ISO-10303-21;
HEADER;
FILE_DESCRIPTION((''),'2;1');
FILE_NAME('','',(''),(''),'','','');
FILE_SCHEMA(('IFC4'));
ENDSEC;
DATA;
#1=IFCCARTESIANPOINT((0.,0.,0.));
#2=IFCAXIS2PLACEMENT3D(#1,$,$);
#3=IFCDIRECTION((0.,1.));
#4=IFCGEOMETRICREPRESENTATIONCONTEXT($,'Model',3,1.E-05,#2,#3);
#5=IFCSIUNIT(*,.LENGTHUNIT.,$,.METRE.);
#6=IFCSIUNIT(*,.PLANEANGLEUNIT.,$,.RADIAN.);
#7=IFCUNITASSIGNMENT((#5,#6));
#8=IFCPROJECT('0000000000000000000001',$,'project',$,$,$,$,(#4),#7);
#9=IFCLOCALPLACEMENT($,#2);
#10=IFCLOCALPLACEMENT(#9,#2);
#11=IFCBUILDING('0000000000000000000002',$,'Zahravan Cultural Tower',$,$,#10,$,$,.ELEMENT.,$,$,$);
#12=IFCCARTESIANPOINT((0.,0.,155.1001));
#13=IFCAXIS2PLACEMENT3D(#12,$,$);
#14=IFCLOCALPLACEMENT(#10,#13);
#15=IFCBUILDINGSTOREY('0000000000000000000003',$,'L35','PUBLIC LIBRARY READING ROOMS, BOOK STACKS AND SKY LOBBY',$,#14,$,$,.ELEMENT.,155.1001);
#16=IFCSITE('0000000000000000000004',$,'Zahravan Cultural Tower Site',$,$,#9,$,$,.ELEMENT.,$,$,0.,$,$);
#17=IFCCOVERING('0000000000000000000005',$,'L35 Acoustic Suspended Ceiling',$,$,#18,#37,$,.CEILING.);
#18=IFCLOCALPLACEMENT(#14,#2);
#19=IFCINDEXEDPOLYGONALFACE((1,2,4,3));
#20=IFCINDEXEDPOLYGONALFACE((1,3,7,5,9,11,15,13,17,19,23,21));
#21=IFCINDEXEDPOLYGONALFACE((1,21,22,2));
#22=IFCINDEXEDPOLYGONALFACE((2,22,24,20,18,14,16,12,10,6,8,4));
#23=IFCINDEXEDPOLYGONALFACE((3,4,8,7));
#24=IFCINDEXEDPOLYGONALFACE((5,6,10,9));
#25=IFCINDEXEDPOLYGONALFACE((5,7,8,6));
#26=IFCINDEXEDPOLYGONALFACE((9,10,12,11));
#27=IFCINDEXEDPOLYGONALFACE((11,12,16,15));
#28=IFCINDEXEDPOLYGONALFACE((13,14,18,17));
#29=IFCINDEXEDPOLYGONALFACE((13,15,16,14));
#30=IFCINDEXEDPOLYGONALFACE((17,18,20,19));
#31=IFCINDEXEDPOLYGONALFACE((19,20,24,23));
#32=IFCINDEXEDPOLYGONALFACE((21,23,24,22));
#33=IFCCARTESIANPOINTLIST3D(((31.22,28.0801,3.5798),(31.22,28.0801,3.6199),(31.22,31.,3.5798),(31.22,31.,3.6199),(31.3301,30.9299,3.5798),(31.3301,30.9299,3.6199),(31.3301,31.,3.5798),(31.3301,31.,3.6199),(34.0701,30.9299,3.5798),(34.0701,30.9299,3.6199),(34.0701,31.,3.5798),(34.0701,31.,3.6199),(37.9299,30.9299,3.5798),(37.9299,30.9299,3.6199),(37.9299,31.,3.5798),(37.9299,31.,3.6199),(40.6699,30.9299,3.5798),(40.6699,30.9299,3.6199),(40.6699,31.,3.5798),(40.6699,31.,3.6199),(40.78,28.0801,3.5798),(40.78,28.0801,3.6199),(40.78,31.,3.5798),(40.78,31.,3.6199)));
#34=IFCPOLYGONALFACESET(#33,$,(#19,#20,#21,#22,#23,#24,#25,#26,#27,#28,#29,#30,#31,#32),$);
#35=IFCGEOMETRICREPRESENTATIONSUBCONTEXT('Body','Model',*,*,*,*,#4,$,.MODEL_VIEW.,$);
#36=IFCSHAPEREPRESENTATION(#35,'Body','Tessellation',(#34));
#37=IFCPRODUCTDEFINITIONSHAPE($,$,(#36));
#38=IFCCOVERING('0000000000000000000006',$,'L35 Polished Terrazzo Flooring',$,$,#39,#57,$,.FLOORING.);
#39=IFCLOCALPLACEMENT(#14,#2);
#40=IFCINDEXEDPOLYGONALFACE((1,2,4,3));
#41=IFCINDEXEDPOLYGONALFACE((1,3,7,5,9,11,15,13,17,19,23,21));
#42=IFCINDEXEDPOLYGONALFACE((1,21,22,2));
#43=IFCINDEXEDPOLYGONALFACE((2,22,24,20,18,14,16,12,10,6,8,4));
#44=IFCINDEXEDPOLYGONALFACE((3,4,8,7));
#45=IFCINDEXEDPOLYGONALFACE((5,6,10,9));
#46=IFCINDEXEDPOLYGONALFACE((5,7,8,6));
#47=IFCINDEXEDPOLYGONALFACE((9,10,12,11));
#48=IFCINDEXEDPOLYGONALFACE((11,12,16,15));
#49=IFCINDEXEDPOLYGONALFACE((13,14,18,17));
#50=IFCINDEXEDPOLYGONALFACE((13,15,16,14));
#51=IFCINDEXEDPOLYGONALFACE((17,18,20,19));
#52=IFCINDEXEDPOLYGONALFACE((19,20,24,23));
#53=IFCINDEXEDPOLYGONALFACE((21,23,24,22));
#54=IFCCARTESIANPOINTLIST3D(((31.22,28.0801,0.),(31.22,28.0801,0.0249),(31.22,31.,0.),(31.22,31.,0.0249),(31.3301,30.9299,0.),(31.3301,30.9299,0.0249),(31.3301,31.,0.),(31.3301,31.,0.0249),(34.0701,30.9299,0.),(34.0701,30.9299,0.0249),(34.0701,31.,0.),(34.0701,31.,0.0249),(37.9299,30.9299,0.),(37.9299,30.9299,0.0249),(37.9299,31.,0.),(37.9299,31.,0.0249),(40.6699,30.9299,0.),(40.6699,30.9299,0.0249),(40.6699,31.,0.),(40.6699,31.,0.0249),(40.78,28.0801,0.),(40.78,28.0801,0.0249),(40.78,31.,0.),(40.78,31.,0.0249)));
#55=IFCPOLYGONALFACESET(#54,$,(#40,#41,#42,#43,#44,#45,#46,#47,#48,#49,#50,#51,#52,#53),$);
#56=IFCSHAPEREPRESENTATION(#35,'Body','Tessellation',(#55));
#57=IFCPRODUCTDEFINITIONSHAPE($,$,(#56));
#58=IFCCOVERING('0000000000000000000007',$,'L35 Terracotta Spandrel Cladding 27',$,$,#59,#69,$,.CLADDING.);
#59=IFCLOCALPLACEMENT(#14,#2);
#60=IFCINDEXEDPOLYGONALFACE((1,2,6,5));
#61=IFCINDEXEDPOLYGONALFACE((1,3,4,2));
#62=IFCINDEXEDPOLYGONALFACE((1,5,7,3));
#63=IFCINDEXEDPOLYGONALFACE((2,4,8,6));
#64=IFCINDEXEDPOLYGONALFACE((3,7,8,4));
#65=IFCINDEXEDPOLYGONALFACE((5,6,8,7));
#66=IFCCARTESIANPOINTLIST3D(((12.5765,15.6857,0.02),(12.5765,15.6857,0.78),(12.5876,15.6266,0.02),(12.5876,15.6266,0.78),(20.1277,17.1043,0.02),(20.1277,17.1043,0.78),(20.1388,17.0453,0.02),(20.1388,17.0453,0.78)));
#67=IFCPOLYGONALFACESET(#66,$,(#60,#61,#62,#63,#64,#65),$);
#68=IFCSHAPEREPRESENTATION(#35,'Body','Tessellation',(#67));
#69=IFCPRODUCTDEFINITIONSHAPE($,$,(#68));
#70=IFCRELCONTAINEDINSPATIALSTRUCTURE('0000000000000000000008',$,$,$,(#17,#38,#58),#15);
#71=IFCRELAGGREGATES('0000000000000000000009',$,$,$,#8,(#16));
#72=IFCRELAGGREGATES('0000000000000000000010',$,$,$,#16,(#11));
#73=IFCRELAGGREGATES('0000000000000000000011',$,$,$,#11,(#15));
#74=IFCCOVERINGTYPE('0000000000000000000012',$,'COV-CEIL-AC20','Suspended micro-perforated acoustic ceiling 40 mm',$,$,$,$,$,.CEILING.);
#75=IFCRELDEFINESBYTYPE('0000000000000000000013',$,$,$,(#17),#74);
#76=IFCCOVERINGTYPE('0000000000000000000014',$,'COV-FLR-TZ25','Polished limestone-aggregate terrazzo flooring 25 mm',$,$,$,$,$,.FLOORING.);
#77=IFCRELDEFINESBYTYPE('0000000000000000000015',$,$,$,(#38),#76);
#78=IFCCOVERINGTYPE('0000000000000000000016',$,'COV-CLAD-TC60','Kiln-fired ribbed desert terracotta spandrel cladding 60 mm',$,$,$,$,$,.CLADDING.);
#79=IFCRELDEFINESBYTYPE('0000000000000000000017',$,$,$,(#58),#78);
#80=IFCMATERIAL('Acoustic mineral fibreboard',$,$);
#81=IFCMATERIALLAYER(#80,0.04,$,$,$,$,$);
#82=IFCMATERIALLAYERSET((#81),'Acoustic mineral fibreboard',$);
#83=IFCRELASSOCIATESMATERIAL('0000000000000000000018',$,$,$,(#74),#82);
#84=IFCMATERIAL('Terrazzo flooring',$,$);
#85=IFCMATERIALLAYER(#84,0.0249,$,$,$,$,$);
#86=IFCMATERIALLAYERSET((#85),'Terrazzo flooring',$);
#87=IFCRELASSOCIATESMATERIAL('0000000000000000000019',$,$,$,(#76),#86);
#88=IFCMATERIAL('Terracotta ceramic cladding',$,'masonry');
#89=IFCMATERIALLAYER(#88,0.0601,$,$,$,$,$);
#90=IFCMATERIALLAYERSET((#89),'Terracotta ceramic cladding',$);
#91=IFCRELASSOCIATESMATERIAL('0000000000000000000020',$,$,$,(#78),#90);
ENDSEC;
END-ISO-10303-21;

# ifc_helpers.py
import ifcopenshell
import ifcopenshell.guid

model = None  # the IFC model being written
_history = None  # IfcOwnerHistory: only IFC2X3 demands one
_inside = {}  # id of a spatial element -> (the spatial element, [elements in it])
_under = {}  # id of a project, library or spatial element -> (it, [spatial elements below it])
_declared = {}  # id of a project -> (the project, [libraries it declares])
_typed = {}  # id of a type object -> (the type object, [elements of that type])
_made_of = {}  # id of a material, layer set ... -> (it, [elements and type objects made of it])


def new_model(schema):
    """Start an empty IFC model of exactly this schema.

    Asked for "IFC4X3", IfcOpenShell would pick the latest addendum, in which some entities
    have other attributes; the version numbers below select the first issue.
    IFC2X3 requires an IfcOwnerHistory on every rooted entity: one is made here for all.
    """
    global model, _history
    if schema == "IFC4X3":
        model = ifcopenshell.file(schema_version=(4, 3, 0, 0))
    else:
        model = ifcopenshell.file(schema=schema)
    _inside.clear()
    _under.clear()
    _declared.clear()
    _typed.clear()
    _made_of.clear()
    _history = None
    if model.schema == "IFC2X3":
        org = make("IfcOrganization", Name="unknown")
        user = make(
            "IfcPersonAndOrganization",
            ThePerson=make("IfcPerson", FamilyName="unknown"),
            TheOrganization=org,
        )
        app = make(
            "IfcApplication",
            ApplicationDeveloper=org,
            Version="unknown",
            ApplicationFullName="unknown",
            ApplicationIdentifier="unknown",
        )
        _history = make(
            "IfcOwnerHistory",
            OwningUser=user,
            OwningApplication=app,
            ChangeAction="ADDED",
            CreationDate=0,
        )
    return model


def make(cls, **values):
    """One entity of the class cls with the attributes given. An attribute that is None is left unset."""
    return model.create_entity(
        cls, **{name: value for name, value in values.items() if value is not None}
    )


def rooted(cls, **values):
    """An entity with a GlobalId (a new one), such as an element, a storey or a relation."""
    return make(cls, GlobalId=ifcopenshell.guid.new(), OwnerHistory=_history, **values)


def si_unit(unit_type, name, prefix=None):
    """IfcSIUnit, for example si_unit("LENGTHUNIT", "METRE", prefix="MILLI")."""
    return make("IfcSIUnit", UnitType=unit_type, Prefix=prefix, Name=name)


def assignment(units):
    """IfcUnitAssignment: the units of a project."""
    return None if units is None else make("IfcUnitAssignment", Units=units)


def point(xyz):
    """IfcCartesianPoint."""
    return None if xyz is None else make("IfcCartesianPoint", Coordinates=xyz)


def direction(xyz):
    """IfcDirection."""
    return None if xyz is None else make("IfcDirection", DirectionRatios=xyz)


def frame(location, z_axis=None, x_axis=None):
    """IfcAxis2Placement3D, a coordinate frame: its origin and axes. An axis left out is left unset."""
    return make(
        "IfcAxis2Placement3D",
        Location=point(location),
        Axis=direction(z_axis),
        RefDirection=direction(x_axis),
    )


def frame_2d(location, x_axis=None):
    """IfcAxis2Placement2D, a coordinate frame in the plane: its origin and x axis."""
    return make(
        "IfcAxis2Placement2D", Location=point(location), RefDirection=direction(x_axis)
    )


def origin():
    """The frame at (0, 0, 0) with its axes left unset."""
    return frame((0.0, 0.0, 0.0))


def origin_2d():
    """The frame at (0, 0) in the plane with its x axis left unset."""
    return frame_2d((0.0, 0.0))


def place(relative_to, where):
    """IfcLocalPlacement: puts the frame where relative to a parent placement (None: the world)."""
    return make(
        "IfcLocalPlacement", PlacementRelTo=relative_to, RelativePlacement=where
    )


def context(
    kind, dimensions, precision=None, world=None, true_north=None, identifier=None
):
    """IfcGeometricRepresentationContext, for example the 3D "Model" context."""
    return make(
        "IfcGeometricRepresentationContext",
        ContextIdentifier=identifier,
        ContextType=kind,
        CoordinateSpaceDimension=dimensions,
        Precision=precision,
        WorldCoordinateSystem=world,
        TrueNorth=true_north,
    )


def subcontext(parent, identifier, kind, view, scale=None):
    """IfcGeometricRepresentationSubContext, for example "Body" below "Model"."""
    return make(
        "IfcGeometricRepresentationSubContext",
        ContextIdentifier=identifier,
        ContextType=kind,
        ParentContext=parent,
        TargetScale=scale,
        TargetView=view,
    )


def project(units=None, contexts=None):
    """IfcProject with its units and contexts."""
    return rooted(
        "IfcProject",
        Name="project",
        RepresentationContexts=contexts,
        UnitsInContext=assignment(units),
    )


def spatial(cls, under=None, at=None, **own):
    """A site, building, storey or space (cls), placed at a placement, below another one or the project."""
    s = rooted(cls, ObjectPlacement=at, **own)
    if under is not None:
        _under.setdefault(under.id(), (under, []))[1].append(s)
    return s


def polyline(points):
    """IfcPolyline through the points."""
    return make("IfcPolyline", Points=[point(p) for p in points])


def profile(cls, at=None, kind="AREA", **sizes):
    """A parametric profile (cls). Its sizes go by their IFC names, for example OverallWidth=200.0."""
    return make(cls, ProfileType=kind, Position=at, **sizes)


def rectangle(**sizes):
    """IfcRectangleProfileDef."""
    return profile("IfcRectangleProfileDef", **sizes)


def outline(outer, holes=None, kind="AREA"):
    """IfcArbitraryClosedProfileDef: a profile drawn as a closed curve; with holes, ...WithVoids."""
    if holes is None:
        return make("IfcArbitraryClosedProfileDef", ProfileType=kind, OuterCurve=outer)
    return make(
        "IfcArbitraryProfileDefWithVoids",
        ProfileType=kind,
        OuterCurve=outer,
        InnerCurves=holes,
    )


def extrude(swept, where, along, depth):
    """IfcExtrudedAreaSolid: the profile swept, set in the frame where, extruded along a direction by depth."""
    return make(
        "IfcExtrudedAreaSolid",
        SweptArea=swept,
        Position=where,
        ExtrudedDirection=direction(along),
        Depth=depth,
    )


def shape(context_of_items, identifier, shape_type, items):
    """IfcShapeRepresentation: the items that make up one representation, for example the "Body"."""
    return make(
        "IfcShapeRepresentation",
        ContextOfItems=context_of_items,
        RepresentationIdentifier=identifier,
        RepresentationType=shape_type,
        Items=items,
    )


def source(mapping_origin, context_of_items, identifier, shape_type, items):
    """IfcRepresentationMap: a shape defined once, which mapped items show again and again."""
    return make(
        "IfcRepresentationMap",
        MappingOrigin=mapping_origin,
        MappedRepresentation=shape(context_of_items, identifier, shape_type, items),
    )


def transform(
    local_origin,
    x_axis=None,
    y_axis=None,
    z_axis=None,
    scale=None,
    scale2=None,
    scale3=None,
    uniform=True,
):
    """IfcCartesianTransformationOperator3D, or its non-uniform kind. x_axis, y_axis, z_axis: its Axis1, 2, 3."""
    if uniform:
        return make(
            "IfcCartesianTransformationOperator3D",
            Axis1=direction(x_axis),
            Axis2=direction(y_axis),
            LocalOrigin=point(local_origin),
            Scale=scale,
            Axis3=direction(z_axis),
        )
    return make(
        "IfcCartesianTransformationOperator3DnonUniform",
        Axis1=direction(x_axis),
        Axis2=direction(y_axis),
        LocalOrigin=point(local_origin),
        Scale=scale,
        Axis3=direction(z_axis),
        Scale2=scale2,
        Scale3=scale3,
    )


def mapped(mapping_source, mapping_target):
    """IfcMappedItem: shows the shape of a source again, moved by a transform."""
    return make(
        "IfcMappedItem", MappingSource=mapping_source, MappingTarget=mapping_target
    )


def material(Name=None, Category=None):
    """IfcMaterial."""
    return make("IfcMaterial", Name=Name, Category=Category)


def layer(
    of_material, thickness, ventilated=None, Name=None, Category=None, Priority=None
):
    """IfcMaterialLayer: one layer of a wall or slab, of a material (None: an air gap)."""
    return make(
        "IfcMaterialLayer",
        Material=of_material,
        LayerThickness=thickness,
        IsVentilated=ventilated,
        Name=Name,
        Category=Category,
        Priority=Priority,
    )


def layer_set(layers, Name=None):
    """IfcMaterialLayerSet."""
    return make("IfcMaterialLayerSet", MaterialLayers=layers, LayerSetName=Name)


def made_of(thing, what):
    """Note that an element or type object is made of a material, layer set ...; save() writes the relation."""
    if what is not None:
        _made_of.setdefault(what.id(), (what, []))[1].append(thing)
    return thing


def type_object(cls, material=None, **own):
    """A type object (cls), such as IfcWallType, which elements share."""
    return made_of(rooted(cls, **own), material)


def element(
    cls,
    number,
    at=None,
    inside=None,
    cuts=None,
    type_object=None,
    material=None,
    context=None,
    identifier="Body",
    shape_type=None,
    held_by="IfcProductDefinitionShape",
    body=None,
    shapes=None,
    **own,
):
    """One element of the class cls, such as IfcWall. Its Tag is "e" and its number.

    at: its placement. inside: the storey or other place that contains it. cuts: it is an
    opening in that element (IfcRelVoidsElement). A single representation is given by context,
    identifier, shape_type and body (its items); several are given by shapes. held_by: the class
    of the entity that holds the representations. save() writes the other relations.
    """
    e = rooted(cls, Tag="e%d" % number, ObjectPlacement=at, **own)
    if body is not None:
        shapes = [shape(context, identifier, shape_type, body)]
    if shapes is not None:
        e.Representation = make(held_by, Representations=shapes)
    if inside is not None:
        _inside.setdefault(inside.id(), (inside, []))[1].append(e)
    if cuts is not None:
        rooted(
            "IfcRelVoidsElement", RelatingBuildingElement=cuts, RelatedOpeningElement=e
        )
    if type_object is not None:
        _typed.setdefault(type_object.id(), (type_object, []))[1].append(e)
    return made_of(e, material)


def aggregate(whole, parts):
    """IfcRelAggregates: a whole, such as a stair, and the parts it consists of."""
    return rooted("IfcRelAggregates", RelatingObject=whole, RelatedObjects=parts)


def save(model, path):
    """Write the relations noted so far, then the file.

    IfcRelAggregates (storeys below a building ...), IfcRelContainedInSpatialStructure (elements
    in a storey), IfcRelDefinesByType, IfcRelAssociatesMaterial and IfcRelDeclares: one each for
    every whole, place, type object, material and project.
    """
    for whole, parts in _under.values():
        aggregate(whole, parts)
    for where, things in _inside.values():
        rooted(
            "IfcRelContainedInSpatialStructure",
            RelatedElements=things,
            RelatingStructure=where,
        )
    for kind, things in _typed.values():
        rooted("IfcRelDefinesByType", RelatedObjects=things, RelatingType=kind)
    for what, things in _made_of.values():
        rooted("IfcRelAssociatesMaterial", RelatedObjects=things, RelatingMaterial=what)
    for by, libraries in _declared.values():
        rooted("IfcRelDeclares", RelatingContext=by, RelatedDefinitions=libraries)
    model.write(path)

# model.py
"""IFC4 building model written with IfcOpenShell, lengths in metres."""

from ifc_helpers import new_model, si_unit, direction, frame, origin, origin_2d, place, context, subcontext, project, spatial, polyline, rectangle, outline, extrude, source, transform, mapped, material, layer, layer_set, type_object, element, save


model = new_model("IFC4")

# Units and contexts
model_context = context("Model", 3, precision=1e-05, world=origin(), true_north=direction((0.0, 1.0)))
body_context = subcontext(model_context, "Body", "Model", "MODEL_VIEW")
ifc_project = project(units=[si_unit("LENGTHUNIT", "METRE"), si_unit("PLANEANGLEUNIT", "RADIAN")], contexts=[model_context])

# Site, building, storey
site_placement = place(None, origin())
site = spatial("IfcSite", under=ifc_project, at=site_placement, Name="Zahravan Cultural Tower Site", CompositionType="ELEMENT", RefElevation=0.0)
building_placement = place(site_placement, origin())
building = spatial("IfcBuilding", under=site, at=building_placement, Name="Zahravan Cultural Tower", CompositionType="ELEMENT")
storey_placement = place(building_placement, frame((0.0, 0.0, 155.1001)))
storey = spatial("IfcBuildingStorey", under=building, at=storey_placement, Name="L35", Description="PUBLIC LIBRARY READING ROOMS, BOOK STACKS AND SKY LOBBY", CompositionType="ELEMENT", Elevation=155.1001)

# Coverings
ifc_material_1 = material(Name="Acoustic mineral fibreboard")
ifc_layer_1 = layer(ifc_material_1, 0.04)
ifc_layer_set_1 = layer_set([ifc_layer_1], Name="Acoustic mineral fibreboard")
covering_type_1 = type_object("IfcCoveringType", Name="COV-CEIL-AC20", Description="Suspended micro-perforated acoustic ceiling 40 mm", PredefinedType="CEILING", material=ifc_layer_set_1)
covering_1_placement = place(storey_placement, frame((0.0, 0.0, 3.5798)))
element("IfcCovering", 1, at=covering_1_placement, inside=storey, type_object=covering_type_1, Name="L35 Acoustic Suspended Ceiling", PredefinedType="CEILING", context=body_context, shape_type="SweptSolid", body=[
    extrude(outline(polyline([(31.22, 31.0), (31.22, 28.0801), (40.78, 28.0801), (40.78, 31.0), (40.6699, 31.0), (40.6699, 30.9299), (37.9299, 30.9299), (37.9299, 31.0), (34.0701, 31.0), (34.0701, 30.9299), (31.3301, 30.9299), (31.3301, 31.0), (31.22, 31.0)])), origin(), (0.0, 0.0, 1.0), 0.04),
])
ifc_material_2 = material(Name="Terrazzo flooring")
ifc_layer_2 = layer(ifc_material_2, 0.0249)
ifc_layer_set_2 = layer_set([ifc_layer_2], Name="Terrazzo flooring")
covering_type_2 = type_object("IfcCoveringType", Name="COV-FLR-TZ25", Description="Polished limestone-aggregate terrazzo flooring 25 mm", PredefinedType="FLOORING", material=ifc_layer_set_2)
covering_2_placement = place(storey_placement, origin())
element("IfcCovering", 2, at=covering_2_placement, inside=storey, type_object=covering_type_2, Name="L35 Polished Terrazzo Flooring", PredefinedType="FLOORING", context=body_context, shape_type="SweptSolid", body=[
    extrude(outline(polyline([(31.22, 31.0), (31.22, 28.0801), (40.78, 28.0801), (40.78, 31.0), (40.6699, 31.0), (40.6699, 30.9299), (37.9299, 30.9299), (37.9299, 31.0), (34.0701, 31.0), (34.0701, 30.9299), (31.3301, 30.9299), (31.3301, 31.0), (31.22, 31.0)])), origin(), (0.0, 0.0, 1.0), 0.0249),
])
ifc_material_3 = material(Name="Terracotta ceramic cladding", Category="masonry")
ifc_layer_3 = layer(ifc_material_3, 0.0601)
ifc_layer_set_3 = layer_set([ifc_layer_3], Name="Terracotta ceramic cladding")
covering_type_3 = type_object("IfcCoveringType", Name="COV-CLAD-TC60", Description="Kiln-fired ribbed desert terracotta spandrel cladding 60 mm", PredefinedType="CLADDING", material=ifc_layer_set_3)
shared_shape_1 = source(origin(), body_context, "Body", "SweptSolid", [
    extrude(rectangle(XDim=7.6833, YDim=0.0601, at=origin_2d()), origin(), (0.0, 0.0, 1.0), 0.76),
])
covering_3_placement = place(storey_placement, frame((16.3577, 16.3655, 0.02), z_axis=(0.0, 0.0, 1.0), x_axis=(-0.982807, -0.184638, 0.0)))
element("IfcCovering", 3, at=covering_3_placement, inside=storey, type_object=covering_type_3, Name="L35 Terracotta Spandrel Cladding 27", PredefinedType="CLADDING", context=body_context, shape_type="MappedRepresentation", body=[
    mapped(shared_shape_1, transform((0.0, 0.0, 0.0), x_axis=(1.0, 0.0, 0.0), y_axis=(0.0, 1.0, 0.0), z_axis=(0.0, 0.0, 1.0), scale=1.0)),
])

save(model, "model.ifc")
